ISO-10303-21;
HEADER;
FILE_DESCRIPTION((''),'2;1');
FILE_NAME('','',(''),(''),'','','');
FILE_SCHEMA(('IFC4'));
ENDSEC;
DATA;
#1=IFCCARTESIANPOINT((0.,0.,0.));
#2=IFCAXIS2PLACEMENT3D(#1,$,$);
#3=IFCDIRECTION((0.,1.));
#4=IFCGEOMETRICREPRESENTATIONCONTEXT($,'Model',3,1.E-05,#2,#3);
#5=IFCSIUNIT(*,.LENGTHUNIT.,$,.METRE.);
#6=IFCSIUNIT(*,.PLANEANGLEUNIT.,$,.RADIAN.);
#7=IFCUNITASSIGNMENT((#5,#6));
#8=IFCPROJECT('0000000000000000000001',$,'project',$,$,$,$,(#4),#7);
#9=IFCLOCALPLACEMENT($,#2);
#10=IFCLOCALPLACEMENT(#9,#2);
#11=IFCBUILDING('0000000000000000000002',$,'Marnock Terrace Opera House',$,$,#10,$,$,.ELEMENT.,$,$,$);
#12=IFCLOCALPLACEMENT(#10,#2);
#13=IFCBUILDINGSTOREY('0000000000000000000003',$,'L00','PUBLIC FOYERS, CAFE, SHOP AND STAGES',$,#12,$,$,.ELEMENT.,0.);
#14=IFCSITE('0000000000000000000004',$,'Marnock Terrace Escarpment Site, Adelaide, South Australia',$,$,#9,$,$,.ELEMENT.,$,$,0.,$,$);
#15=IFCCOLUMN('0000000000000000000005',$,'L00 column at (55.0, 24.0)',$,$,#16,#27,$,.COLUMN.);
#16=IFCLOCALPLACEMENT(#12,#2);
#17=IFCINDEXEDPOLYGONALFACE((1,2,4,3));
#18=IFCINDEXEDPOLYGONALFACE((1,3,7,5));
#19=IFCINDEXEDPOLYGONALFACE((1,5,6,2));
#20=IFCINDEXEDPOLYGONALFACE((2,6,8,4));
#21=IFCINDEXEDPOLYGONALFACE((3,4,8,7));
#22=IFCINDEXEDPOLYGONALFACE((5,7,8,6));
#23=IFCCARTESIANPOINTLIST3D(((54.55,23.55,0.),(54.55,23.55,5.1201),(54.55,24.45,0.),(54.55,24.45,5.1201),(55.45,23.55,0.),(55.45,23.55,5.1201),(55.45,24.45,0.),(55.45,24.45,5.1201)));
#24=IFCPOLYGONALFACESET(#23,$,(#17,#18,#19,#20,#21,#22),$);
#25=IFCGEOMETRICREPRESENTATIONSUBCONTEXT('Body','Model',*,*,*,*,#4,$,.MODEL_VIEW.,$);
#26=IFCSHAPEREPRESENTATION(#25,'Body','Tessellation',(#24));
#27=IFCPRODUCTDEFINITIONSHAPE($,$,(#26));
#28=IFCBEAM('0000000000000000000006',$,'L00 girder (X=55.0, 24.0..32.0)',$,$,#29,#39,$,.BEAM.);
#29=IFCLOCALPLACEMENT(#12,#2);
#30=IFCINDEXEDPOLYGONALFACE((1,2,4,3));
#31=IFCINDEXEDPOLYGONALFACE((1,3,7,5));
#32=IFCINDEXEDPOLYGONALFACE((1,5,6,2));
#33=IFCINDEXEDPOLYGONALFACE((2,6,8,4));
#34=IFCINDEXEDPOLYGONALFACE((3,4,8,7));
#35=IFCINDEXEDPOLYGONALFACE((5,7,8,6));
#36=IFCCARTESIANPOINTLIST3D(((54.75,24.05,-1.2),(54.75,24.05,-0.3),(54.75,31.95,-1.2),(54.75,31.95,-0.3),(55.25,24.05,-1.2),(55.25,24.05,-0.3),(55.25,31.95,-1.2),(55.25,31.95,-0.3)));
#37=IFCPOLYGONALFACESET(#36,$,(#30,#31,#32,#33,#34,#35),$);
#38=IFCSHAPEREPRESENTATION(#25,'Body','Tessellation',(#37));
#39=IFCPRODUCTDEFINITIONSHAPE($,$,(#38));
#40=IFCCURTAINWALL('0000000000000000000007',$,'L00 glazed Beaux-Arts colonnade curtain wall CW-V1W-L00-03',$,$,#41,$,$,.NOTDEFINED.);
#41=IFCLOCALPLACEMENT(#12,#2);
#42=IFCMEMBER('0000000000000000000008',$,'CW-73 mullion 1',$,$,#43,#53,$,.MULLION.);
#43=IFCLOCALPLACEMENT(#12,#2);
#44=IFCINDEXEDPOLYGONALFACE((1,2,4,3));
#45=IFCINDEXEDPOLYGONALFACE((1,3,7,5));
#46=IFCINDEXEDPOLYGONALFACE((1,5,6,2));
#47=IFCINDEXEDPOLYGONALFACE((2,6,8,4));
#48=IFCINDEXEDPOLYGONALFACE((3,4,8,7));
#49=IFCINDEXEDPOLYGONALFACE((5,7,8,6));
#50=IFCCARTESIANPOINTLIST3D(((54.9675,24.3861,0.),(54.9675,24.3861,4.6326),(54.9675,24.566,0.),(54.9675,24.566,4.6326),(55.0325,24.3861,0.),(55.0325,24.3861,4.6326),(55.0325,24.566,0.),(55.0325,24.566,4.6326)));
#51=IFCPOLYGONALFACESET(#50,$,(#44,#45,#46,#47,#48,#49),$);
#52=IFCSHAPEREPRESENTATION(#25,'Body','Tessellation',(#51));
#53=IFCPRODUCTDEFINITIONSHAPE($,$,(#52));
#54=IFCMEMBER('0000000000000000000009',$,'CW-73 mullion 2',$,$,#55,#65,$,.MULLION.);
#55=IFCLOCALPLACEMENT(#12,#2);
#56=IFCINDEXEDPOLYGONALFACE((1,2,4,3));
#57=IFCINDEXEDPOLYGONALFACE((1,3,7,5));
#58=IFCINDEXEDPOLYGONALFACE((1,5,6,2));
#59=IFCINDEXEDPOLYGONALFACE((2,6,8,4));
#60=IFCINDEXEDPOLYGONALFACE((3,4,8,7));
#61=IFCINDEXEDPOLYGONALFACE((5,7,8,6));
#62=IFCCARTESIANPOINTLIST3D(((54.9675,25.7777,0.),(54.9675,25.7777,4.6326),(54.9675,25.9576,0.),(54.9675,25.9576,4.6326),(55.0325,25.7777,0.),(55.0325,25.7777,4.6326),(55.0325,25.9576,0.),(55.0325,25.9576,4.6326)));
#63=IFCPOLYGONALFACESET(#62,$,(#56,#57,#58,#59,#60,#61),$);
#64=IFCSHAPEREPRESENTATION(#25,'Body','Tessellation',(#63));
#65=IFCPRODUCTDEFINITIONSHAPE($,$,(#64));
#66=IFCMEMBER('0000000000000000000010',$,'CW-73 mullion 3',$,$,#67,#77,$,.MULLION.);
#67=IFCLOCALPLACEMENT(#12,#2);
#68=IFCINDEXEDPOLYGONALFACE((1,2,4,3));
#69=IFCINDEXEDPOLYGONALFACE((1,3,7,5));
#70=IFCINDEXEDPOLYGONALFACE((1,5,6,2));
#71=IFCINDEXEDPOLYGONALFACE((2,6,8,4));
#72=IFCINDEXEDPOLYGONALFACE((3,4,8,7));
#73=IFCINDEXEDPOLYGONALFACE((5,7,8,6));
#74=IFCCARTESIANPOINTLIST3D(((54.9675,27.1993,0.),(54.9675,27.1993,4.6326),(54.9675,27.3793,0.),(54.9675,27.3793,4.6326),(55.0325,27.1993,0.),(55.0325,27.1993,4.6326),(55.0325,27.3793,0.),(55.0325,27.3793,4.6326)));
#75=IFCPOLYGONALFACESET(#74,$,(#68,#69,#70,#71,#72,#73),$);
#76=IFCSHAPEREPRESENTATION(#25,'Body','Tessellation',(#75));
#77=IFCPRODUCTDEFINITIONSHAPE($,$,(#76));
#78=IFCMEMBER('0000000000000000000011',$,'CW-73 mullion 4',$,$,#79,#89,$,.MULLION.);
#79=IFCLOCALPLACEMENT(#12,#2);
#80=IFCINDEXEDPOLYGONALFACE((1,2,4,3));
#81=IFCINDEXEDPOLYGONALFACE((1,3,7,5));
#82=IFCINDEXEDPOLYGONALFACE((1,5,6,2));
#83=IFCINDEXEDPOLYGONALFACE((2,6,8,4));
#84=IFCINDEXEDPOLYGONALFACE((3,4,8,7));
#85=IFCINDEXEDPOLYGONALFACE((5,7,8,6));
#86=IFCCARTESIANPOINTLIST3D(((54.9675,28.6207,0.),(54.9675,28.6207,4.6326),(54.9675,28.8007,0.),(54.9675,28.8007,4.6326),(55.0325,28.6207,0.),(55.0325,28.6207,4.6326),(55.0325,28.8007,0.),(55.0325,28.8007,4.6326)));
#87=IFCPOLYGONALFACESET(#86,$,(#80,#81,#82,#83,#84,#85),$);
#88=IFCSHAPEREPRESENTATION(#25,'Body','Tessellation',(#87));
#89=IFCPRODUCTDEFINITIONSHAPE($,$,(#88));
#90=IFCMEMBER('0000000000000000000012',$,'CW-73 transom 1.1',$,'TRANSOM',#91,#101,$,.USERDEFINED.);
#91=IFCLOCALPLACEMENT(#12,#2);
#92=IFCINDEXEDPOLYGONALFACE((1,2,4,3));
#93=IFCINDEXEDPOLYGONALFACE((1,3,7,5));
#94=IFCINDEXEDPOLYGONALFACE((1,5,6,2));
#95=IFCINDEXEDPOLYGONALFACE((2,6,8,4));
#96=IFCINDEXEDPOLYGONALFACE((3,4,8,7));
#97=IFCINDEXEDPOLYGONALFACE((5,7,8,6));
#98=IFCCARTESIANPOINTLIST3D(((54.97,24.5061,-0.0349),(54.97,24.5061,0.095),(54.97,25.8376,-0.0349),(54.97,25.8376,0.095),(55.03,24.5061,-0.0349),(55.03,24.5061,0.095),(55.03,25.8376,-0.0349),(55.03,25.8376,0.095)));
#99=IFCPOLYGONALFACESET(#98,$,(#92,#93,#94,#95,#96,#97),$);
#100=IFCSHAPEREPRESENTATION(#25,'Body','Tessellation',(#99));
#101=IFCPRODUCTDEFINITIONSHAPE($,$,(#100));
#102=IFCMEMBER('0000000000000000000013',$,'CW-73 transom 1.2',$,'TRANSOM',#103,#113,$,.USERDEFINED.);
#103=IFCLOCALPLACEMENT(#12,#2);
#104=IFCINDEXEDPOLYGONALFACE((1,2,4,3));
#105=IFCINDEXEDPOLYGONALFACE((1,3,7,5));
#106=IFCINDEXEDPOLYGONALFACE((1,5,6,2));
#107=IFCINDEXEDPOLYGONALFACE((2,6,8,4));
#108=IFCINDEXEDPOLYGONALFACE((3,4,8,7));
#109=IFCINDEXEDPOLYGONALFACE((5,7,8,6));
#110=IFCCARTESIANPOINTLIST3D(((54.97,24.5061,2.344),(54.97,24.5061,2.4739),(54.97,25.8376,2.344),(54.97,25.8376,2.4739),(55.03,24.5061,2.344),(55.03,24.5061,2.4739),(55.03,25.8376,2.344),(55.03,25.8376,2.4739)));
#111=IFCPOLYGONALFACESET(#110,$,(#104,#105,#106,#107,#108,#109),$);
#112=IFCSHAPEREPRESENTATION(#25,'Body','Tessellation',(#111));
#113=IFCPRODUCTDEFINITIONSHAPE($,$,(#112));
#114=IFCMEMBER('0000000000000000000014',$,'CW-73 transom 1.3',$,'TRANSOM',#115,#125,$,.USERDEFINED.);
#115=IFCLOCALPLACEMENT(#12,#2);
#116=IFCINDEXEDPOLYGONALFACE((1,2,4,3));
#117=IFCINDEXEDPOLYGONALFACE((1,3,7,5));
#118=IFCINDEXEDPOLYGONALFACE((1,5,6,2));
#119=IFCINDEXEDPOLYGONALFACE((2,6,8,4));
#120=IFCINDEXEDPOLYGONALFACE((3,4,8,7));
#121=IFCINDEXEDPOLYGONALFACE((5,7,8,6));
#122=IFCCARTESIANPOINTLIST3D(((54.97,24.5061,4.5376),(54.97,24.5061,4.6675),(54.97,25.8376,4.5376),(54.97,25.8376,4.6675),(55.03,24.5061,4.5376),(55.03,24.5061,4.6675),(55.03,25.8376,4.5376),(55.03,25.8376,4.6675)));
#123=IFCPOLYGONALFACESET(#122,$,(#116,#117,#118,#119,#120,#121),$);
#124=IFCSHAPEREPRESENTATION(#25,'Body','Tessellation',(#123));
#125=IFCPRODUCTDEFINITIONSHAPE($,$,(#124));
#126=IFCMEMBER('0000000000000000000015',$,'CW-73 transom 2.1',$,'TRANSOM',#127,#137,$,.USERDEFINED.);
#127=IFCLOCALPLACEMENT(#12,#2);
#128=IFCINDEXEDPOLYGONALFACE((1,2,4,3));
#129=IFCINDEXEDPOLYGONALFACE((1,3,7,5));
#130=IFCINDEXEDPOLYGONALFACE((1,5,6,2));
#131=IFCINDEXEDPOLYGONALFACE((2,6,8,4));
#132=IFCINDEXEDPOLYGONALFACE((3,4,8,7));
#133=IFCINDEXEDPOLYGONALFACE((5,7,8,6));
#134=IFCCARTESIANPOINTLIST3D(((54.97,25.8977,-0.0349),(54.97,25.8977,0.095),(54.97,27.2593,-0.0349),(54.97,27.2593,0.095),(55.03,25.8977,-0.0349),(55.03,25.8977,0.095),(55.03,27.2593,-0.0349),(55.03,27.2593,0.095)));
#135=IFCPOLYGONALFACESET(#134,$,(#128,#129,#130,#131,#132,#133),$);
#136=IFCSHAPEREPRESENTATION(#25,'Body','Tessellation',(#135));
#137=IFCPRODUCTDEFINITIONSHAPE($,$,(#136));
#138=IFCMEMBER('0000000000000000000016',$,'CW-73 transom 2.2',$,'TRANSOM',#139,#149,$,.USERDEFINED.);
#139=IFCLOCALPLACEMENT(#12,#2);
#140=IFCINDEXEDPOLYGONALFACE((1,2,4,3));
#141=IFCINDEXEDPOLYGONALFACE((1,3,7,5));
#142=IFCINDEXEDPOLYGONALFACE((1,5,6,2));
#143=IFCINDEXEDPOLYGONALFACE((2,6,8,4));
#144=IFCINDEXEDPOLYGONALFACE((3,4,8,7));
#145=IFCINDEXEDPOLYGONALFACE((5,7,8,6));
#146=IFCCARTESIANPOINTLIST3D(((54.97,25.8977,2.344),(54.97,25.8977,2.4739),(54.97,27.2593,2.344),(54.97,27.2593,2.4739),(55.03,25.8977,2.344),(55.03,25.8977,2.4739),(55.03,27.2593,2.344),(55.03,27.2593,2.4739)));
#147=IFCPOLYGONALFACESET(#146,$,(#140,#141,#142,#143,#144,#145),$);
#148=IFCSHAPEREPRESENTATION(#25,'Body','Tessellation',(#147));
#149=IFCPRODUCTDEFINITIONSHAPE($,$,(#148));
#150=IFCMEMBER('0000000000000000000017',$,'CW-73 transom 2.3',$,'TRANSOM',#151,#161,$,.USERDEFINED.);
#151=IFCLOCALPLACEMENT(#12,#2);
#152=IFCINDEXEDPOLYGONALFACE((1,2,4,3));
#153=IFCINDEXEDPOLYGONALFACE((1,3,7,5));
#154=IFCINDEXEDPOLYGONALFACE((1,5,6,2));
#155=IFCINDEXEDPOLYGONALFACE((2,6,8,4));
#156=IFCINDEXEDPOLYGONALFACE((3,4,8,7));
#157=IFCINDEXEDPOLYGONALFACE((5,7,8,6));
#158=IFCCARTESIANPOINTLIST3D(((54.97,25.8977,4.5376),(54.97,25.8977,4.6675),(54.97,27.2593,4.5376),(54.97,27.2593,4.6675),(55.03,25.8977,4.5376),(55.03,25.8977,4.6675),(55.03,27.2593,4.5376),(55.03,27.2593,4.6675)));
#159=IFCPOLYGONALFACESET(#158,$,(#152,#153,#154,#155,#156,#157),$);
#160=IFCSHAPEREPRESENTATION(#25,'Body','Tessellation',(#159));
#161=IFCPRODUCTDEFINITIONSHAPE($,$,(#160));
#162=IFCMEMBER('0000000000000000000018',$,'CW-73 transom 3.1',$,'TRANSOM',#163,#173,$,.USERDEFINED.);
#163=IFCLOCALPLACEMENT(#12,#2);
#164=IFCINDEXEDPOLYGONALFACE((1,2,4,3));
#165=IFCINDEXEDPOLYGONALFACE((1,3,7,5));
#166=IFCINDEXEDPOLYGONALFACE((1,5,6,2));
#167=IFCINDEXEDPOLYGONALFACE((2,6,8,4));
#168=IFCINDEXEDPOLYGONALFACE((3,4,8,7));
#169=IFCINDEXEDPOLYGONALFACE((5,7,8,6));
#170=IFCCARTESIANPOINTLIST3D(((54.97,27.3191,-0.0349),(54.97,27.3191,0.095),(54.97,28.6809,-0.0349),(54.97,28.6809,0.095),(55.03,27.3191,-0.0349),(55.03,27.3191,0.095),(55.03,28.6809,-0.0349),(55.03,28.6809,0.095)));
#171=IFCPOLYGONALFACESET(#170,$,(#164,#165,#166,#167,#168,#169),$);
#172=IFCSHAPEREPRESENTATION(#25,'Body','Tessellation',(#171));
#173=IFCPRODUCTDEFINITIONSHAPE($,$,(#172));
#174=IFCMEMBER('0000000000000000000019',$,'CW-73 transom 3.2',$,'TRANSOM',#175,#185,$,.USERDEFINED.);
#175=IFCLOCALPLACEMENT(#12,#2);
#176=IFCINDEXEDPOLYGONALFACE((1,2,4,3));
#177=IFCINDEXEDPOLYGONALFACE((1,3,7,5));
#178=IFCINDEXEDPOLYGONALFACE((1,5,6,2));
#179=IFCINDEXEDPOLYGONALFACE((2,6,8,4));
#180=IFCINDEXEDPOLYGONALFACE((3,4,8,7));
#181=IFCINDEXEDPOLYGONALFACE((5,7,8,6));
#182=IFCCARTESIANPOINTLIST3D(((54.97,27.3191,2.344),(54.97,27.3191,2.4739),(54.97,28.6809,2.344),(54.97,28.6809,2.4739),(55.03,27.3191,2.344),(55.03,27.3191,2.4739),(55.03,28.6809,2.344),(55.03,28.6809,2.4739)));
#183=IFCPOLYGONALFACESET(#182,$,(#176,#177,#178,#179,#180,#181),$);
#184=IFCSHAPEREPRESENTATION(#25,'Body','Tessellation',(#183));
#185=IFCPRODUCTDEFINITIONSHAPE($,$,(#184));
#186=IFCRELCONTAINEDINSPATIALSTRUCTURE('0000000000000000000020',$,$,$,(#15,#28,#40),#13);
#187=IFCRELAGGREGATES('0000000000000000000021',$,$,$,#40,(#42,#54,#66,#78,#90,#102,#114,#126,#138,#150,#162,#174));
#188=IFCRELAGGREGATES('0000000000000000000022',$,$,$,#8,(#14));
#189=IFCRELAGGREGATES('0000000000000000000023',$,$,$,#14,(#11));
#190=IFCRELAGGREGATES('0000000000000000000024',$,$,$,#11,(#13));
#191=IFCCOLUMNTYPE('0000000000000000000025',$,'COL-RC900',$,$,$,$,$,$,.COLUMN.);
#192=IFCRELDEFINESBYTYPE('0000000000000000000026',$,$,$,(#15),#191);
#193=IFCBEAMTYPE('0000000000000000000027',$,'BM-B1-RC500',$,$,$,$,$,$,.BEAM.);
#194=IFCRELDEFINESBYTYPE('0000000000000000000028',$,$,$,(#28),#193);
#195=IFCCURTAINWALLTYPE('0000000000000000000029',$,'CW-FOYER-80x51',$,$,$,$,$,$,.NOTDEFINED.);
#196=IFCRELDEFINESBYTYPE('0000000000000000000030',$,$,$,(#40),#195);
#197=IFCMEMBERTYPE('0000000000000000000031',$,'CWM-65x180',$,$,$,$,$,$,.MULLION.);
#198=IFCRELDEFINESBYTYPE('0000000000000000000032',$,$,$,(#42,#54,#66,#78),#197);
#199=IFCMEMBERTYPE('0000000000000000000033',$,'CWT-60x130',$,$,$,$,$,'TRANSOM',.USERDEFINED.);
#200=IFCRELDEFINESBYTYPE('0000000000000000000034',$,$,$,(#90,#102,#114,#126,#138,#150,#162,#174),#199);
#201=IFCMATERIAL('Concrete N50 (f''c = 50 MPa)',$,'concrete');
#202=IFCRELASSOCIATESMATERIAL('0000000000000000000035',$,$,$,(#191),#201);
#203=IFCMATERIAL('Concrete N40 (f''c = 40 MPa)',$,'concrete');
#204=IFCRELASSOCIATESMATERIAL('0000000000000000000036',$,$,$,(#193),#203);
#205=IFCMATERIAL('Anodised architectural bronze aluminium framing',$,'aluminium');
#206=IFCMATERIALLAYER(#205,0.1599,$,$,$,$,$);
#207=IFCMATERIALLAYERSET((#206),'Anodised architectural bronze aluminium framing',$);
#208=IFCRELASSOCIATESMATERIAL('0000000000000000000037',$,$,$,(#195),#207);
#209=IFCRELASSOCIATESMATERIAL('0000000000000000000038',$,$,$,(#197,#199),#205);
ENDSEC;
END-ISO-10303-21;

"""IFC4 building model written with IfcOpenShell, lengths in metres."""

from ifc_helpers import new_model, si_unit, direction, frame, origin, origin_2d, place, context, subcontext, project, spatial, rectangle, extrude, material, layer, layer_set, material_profile, profile_set, type_object, element, aggregate, save


model = new_model("IFC4")

# Units and contexts
model_context = context("Model", 3, precision=1e-05, world=origin(), true_north=direction((0.0, 1.0)))
body_context = subcontext(model_context, "Body", "Model", "MODEL_VIEW")
ifc_project = project(units=[si_unit("LENGTHUNIT", "METRE"), si_unit("PLANEANGLEUNIT", "RADIAN")], contexts=[model_context])

# Site, building, storey
site_placement = place(None, origin())
site = spatial("IfcSite", under=ifc_project, at=site_placement, Name="Marnock Terrace Escarpment Site, Adelaide, South Australia", CompositionType="ELEMENT", RefElevation=0.0)
building_placement = place(site_placement, origin())
building = spatial("IfcBuilding", under=site, at=building_placement, Name="Marnock Terrace Opera House", CompositionType="ELEMENT")
storey_placement = place(building_placement, origin())
storey = spatial("IfcBuildingStorey", under=building, at=storey_placement, Name="L00", Description="PUBLIC FOYERS, CAFE, SHOP AND STAGES", CompositionType="ELEMENT", Elevation=0.0)

# Column
ifc_material_1 = material(Name="Concrete N50 (f'c = 50 MPa)", Category="concrete")
ifc_material_profile_1 = material_profile(ifc_material_1, rectangle(XDim=0.8999, YDim=0.8999, at=origin_2d()))
ifc_profile_set_1 = profile_set([ifc_material_profile_1], Name="Concrete N50 (f'c = 50 MPa)")
column_type = type_object("IfcColumnType", Name="COL-RC900", PredefinedType="COLUMN", material=ifc_profile_set_1)
column_placement = place(storey_placement, frame((55.0, 24.0, 0.0), z_axis=(0.0, 0.0, 1.0), x_axis=(1.0, 0.0, 0.0)))
element("IfcColumn", 1, at=column_placement, inside=storey, type_object=column_type, Name="L00 column at (55.0, 24.0)", PredefinedType="COLUMN", context=body_context, shape_type="SweptSolid", body=[
    extrude(rectangle(XDim=0.8999, YDim=0.8999, at=origin_2d()), origin(), (0.0, 0.0, 1.0), 5.1201),
])

# Beam
ifc_material_2 = material(Name="Concrete N40 (f'c = 40 MPa)", Category="concrete")
ifc_material_profile_2 = material_profile(ifc_material_2, rectangle(XDim=0.5, YDim=0.8999, at=origin_2d()))
ifc_profile_set_2 = profile_set([ifc_material_profile_2], Name="Concrete N40 (f'c = 40 MPa)")
beam_type = type_object("IfcBeamType", Name="BM-B1-RC500", PredefinedType="BEAM", material=ifc_profile_set_2)
beam_placement = place(storey_placement, frame((55.0, 24.05, -0.75), z_axis=(0.0, 1.0, 0.0), x_axis=(-1.0, 0.0, 0.0)))
element("IfcBeam", 2, at=beam_placement, inside=storey, type_object=beam_type, Name="L00 girder (X=55.0, 24.0..32.0)", PredefinedType="BEAM", context=body_context, shape_type="SweptSolid", body=[
    extrude(rectangle(XDim=0.5, YDim=0.8999, at=origin_2d()), origin(), (0.0, 0.0, 1.0), 7.8999),
])

# Curtain wall, members
ifc_material_3 = material(Name="Anodised architectural bronze aluminium framing", Category="aluminium")
ifc_layer_1 = layer(ifc_material_3, 0.1599)
ifc_layer_set_1 = layer_set([ifc_layer_1], Name="Anodised architectural bronze aluminium framing")
curtain_wall_type = type_object("IfcCurtainWallType", Name="CW-FOYER-80x51", PredefinedType="NOTDEFINED", material=ifc_layer_set_1)
curtain_wall_placement = place(storey_placement, origin())
curtain_wall = element("IfcCurtainWall", 3, at=curtain_wall_placement, inside=storey, type_object=curtain_wall_type, Name="L00 glazed Beaux-Arts colonnade curtain wall CW-V1W-L00-03", PredefinedType="NOTDEFINED")
ifc_material_profile_3 = material_profile(ifc_material_3, rectangle(XDim=0.0649, YDim=0.1799, at=origin_2d()))
ifc_profile_set_3 = profile_set([ifc_material_profile_3], Name="Anodised architectural bronze aluminium framing")
member_type_1 = type_object("IfcMemberType", Name="CWM-65x180", PredefinedType="MULLION", material=ifc_profile_set_3)
member_1_placement = place(storey_placement, frame((55.0, 24.4761, 0.0), z_axis=(0.0, 0.0, 1.0), x_axis=(-1.0, 0.0, 0.0)))
member_1 = element("IfcMember", 4, at=member_1_placement, type_object=member_type_1, Name="CW-73 mullion 1", PredefinedType="MULLION", context=body_context, shape_type="SweptSolid", body=[
    extrude(rectangle(XDim=0.0649, YDim=0.1799, at=origin_2d()), origin(), (0.0, 0.0, 1.0), 4.6326),
])
member_2_placement = place(storey_placement, frame((55.0, 25.8677, 0.0), z_axis=(0.0, 0.0, 1.0), x_axis=(-1.0, 0.0, 0.0)))
member_2 = element("IfcMember", 5, at=member_2_placement, type_object=member_type_1, Name="CW-73 mullion 2", PredefinedType="MULLION", context=body_context, shape_type="SweptSolid", body=[
    extrude(rectangle(XDim=0.0649, YDim=0.1799, at=origin_2d()), origin(), (0.0, 0.0, 1.0), 4.6326),
])
member_3_placement = place(storey_placement, frame((55.0, 27.2893, 0.0), z_axis=(0.0, 0.0, 1.0), x_axis=(-1.0, 0.0, 0.0)))
member_3 = element("IfcMember", 6, at=member_3_placement, type_object=member_type_1, Name="CW-73 mullion 3", PredefinedType="MULLION", context=body_context, shape_type="SweptSolid", body=[
    extrude(rectangle(XDim=0.0649, YDim=0.1799, at=origin_2d()), origin(), (0.0, 0.0, 1.0), 4.6326),
])
member_4_placement = place(storey_placement, frame((55.0, 28.7107, 0.0), z_axis=(0.0, 0.0, 1.0), x_axis=(-1.0, 0.0, 0.0)))
member_4 = element("IfcMember", 7, at=member_4_placement, type_object=member_type_1, Name="CW-73 mullion 4", PredefinedType="MULLION", context=body_context, shape_type="SweptSolid", body=[
    extrude(rectangle(XDim=0.0649, YDim=0.1799, at=origin_2d()), origin(), (0.0, 0.0, 1.0), 4.6326),
])
ifc_material_profile_4 = material_profile(ifc_material_3, rectangle(XDim=0.0601, YDim=0.1299, at=origin_2d()))
ifc_profile_set_4 = profile_set([ifc_material_profile_4], Name="Anodised architectural bronze aluminium framing")
member_type_2 = type_object("IfcMemberType", Name="CWT-60x130", ElementType="TRANSOM", PredefinedType="USERDEFINED", material=ifc_profile_set_4)
member_5_placement = place(storey_placement, frame((55.0, 24.5061, 0.03), z_axis=(0.0, 1.0, 0.0), x_axis=(-1.0, 0.0, 0.0)))
member_5 = element("IfcMember", 8, at=member_5_placement, type_object=member_type_2, Name="CW-73 transom 1.1", ObjectType="TRANSOM", PredefinedType="USERDEFINED", context=body_context, shape_type="SweptSolid", body=[
    extrude(rectangle(XDim=0.0601, YDim=0.1299, at=origin_2d()), origin(), (0.0, 0.0, 1.0), 1.3315),
])
member_6_placement = place(storey_placement, frame((55.0, 24.5061, 2.4089), z_axis=(0.0, 1.0, 0.0), x_axis=(-1.0, 0.0, 0.0)))
member_6 = element("IfcMember", 9, at=member_6_placement, type_object=member_type_2, Name="CW-73 transom 1.2", ObjectType="TRANSOM", PredefinedType="USERDEFINED", context=body_context, shape_type="SweptSolid", body=[
    extrude(rectangle(XDim=0.0601, YDim=0.1299, at=origin_2d()), origin(), (0.0, 0.0, 1.0), 1.3315),
])
member_7_placement = place(storey_placement, frame((55.0, 24.5061, 4.6025), z_axis=(0.0, 1.0, 0.0), x_axis=(-1.0, 0.0, 0.0)))
member_7 = element("IfcMember", 10, at=member_7_placement, type_object=member_type_2, Name="CW-73 transom 1.3", ObjectType="TRANSOM", PredefinedType="USERDEFINED", context=body_context, shape_type="SweptSolid", body=[
    extrude(rectangle(XDim=0.0601, YDim=0.1299, at=origin_2d()), origin(), (0.0, 0.0, 1.0), 1.3315),
])
member_8_placement = place(storey_placement, frame((55.0, 25.8977, 0.03), z_axis=(0.0, 1.0, 0.0), x_axis=(-1.0, 0.0, 0.0)))
member_8 = element("IfcMember", 11, at=member_8_placement, type_object=member_type_2, Name="CW-73 transom 2.1", ObjectType="TRANSOM", PredefinedType="USERDEFINED", context=body_context, shape_type="SweptSolid", body=[
    extrude(rectangle(XDim=0.0601, YDim=0.1299, at=origin_2d()), origin(), (0.0, 0.0, 1.0), 1.3616),
])
member_9_placement = place(storey_placement, frame((55.0, 25.8977, 2.4089), z_axis=(0.0, 1.0, 0.0), x_axis=(-1.0, 0.0, 0.0)))
member_9 = element("IfcMember", 12, at=member_9_placement, type_object=member_type_2, Name="CW-73 transom 2.2", ObjectType="TRANSOM", PredefinedType="USERDEFINED", context=body_context, shape_type="SweptSolid", body=[
    extrude(rectangle(XDim=0.0601, YDim=0.1299, at=origin_2d()), origin(), (0.0, 0.0, 1.0), 1.3616),
])
member_10_placement = place(storey_placement, frame((55.0, 25.8977, 4.6025), z_axis=(0.0, 1.0, 0.0), x_axis=(-1.0, 0.0, 0.0)))
member_10 = element("IfcMember", 13, at=member_10_placement, type_object=member_type_2, Name="CW-73 transom 2.3", ObjectType="TRANSOM", PredefinedType="USERDEFINED", context=body_context, shape_type="SweptSolid", body=[
    extrude(rectangle(XDim=0.0601, YDim=0.1299, at=origin_2d()), origin(), (0.0, 0.0, 1.0), 1.3616),
])
member_11_placement = place(storey_placement, frame((55.0, 27.3191, 0.03), z_axis=(0.0, 1.0, 0.0), x_axis=(-1.0, 0.0, 0.0)))
member_11 = element("IfcMember", 14, at=member_11_placement, type_object=member_type_2, Name="CW-73 transom 3.1", ObjectType="TRANSOM", PredefinedType="USERDEFINED", context=body_context, shape_type="SweptSolid", body=[
    extrude(rectangle(XDim=0.0601, YDim=0.1299, at=origin_2d()), origin(), (0.0, 0.0, 1.0), 1.3618),
])
member_12_placement = place(storey_placement, frame((55.0, 27.3191, 2.4089), z_axis=(0.0, 1.0, 0.0), x_axis=(-1.0, 0.0, 0.0)))
member_12 = element("IfcMember", 15, at=member_12_placement, type_object=member_type_2, Name="CW-73 transom 3.2", ObjectType="TRANSOM", PredefinedType="USERDEFINED", context=body_context, shape_type="SweptSolid", body=[
    extrude(rectangle(XDim=0.0601, YDim=0.1299, at=origin_2d()), origin(), (0.0, 0.0, 1.0), 1.3618),
])
aggregate(curtain_wall, [member_1, member_2, member_3, member_4, member_5, member_6, member_7, member_8, member_9, member_10, member_11, member_12])

save(model, "model.ifc")
